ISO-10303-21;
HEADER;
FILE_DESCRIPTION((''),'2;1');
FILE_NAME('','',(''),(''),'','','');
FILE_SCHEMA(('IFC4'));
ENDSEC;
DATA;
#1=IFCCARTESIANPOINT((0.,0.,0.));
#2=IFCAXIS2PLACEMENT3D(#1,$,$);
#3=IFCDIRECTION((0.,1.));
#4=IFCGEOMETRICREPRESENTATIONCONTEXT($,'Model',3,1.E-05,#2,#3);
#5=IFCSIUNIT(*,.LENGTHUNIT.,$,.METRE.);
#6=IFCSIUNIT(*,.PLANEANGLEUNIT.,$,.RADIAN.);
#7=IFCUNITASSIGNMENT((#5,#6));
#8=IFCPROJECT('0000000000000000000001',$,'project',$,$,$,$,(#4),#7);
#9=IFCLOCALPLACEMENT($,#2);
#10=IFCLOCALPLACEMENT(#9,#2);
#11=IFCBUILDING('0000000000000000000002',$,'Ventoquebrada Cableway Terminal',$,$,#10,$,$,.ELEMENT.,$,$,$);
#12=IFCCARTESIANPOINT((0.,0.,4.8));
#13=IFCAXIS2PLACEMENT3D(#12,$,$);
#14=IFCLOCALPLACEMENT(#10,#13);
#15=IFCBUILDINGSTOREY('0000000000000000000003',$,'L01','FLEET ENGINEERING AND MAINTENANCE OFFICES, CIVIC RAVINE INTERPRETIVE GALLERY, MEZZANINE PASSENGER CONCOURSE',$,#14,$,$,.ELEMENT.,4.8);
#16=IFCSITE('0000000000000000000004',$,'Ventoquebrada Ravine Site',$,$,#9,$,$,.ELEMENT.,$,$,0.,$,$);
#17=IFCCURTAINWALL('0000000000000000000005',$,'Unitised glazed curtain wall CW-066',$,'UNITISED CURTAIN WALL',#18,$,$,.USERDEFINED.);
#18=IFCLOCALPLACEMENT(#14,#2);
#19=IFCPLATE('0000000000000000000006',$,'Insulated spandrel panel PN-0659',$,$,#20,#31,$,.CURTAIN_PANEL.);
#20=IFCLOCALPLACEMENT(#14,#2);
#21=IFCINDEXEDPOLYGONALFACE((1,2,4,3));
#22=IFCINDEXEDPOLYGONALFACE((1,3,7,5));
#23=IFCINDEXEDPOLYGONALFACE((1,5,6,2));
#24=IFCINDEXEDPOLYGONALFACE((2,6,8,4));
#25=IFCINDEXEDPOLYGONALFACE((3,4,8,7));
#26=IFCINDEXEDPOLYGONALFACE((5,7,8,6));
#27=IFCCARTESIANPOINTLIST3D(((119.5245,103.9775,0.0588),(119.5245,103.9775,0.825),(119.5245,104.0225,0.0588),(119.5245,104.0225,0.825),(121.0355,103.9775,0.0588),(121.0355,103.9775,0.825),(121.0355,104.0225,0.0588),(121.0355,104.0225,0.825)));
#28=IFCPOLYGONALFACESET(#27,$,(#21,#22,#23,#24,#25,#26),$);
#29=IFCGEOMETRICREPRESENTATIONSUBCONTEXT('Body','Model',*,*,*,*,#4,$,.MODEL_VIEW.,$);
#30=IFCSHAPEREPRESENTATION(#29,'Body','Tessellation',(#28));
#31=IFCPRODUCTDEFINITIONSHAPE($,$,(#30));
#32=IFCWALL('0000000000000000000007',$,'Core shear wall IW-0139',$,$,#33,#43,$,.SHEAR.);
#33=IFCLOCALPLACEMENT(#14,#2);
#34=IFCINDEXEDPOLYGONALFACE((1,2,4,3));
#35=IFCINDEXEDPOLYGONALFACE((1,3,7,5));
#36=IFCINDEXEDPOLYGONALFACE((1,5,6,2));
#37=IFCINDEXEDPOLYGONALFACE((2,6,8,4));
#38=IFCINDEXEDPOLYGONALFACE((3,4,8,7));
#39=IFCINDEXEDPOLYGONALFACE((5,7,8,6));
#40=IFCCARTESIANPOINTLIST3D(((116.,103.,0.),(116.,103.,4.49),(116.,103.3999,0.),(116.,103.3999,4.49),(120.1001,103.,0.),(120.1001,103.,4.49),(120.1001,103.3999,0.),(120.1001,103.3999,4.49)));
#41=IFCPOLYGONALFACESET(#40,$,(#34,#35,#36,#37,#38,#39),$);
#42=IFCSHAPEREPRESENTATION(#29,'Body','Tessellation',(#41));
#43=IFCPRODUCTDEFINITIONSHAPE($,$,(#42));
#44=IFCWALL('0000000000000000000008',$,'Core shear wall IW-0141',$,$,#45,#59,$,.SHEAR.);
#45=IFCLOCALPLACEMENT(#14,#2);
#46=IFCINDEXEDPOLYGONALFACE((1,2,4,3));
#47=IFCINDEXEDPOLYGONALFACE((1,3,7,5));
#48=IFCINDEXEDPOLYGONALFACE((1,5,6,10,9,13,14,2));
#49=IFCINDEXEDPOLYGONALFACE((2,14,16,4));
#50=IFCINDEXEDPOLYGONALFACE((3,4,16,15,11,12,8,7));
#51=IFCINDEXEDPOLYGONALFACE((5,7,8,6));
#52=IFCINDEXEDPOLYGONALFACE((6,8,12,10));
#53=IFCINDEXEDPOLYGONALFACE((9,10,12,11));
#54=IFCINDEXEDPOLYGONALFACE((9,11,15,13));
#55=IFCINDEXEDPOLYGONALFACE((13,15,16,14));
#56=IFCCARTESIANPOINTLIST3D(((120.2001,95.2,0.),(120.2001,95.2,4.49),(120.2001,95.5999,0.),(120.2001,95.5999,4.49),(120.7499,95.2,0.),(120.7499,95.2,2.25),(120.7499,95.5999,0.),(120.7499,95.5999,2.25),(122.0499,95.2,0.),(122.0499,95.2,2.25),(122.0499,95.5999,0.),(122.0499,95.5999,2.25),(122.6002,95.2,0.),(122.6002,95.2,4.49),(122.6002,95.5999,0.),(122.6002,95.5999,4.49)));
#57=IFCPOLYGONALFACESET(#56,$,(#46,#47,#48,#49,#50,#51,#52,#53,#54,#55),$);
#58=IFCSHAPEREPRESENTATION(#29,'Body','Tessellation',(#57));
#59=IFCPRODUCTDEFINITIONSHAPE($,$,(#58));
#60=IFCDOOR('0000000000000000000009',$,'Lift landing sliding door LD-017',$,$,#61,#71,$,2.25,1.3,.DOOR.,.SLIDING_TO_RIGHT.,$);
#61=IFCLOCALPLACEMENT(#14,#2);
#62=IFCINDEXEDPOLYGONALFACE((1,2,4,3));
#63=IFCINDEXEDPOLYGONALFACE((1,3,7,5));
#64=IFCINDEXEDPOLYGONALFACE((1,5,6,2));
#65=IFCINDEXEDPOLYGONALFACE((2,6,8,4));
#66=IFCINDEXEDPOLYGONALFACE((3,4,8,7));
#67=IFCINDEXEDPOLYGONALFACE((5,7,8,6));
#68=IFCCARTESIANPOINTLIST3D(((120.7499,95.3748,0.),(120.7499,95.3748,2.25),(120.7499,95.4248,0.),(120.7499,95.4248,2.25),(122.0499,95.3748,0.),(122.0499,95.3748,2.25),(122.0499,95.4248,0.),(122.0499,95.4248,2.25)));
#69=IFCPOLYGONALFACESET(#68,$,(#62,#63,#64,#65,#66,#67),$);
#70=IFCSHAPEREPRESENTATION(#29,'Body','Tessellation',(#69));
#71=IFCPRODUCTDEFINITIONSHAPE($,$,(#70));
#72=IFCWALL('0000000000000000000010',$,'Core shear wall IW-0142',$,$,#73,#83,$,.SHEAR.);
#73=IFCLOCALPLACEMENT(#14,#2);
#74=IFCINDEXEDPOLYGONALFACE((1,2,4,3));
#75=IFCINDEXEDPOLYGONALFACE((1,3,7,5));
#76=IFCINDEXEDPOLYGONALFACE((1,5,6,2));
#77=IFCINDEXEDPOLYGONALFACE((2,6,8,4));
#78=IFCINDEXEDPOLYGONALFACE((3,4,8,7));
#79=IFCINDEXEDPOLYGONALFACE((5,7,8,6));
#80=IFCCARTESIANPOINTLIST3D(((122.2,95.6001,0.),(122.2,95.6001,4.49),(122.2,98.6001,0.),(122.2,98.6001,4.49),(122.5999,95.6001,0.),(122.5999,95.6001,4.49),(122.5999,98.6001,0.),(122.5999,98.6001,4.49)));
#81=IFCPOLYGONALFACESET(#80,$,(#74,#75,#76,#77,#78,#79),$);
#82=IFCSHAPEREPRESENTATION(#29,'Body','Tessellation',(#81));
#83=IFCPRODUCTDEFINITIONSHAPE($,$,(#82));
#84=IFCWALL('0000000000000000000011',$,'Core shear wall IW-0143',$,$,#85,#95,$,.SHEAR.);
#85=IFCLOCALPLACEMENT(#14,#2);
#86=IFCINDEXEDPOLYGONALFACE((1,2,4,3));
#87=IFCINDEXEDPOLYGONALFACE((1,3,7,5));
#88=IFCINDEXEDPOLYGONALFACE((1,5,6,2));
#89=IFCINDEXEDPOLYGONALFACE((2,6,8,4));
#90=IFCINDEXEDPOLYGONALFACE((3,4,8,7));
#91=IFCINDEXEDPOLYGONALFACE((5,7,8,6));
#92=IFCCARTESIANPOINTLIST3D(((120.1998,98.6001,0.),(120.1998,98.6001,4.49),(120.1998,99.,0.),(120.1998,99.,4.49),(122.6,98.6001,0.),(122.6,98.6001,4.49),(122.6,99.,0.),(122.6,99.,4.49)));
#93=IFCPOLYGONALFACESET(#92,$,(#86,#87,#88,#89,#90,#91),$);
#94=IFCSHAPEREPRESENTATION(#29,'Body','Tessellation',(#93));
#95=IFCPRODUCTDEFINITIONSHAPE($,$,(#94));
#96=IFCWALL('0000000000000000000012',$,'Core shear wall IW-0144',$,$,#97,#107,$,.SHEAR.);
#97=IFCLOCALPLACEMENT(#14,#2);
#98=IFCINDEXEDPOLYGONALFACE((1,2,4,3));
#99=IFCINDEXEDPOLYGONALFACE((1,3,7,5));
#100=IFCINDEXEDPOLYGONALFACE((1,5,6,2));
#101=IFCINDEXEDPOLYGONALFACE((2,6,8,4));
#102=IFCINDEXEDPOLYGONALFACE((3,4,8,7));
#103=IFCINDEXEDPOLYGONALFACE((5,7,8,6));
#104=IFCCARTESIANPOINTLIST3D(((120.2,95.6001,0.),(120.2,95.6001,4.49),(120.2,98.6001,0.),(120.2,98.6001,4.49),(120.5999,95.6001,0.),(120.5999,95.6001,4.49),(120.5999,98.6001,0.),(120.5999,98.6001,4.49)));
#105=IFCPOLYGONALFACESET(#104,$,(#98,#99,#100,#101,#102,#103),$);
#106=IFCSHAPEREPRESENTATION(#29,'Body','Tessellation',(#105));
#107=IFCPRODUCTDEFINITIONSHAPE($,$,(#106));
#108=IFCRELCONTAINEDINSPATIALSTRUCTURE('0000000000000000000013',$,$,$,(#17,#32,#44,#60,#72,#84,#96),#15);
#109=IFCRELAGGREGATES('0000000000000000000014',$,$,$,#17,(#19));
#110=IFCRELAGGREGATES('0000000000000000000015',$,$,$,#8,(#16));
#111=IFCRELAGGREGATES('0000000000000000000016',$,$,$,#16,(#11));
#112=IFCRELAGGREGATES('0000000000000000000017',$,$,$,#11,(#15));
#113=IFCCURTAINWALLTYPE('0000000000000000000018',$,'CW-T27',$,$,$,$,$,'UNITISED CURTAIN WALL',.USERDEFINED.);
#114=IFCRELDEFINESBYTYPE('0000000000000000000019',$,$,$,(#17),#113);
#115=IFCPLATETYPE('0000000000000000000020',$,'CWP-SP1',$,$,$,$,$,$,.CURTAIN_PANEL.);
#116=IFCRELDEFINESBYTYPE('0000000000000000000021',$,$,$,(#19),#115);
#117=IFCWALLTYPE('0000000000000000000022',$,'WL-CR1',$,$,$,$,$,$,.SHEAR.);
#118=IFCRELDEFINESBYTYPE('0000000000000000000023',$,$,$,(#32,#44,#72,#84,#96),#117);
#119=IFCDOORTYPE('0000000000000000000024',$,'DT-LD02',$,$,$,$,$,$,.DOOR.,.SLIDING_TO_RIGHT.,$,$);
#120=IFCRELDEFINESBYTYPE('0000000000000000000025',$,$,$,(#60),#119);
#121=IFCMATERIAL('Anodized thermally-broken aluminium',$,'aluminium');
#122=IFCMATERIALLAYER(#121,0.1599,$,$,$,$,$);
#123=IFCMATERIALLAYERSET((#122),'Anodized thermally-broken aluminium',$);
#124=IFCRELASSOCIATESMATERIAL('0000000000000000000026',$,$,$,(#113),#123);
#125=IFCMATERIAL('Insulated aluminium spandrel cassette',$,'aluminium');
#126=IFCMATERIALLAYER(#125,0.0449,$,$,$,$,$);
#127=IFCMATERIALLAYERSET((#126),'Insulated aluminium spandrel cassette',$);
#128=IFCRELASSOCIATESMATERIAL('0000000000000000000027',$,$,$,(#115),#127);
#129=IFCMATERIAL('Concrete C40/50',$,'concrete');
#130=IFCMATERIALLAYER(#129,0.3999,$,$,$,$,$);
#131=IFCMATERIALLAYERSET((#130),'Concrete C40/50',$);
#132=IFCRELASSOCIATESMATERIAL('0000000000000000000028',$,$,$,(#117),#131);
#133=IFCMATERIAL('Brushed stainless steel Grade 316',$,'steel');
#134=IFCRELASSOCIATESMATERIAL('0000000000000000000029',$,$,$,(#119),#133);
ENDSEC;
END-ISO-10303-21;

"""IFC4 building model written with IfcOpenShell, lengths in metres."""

from ifc_helpers import new_model, si_unit, direction, frame, frame_2d, origin, origin_2d, place, context, subcontext, project, spatial, rectangle, extrude, material, layer, layer_set, type_object, element, fill, aggregate, save


model = new_model("IFC4")

# Units and contexts
model_context = context("Model", 3, precision=1e-05, world=origin(), true_north=direction((0.0, 1.0)))
body_context = subcontext(model_context, "Body", "Model", "MODEL_VIEW")
ifc_project = project(units=[si_unit("LENGTHUNIT", "METRE"), si_unit("PLANEANGLEUNIT", "RADIAN")], contexts=[model_context])

# Site, building, storey
site_placement = place(None, origin())
site = spatial("IfcSite", under=ifc_project, at=site_placement, Name="Ventoquebrada Ravine Site", CompositionType="ELEMENT", RefElevation=0.0)
building_placement = place(site_placement, origin())
building = spatial("IfcBuilding", under=site, at=building_placement, Name="Ventoquebrada Cableway Terminal", CompositionType="ELEMENT")
storey_placement = place(building_placement, frame((0.0, 0.0, 4.8)))
storey = spatial("IfcBuildingStorey", under=building, at=storey_placement, Name="L01", Description="FLEET ENGINEERING AND MAINTENANCE OFFICES, CIVIC RAVINE INTERPRETIVE GALLERY, MEZZANINE PASSENGER CONCOURSE", CompositionType="ELEMENT", Elevation=4.8)

# Curtain wall, plate
ifc_material_1 = material(Name="Anodized thermally-broken aluminium", Category="aluminium")
ifc_layer_1 = layer(ifc_material_1, 0.1599)
ifc_layer_set_1 = layer_set([ifc_layer_1], Name="Anodized thermally-broken aluminium")
curtain_wall_type = type_object("IfcCurtainWallType", Name="CW-T27", ElementType="UNITISED CURTAIN WALL", PredefinedType="USERDEFINED", material=ifc_layer_set_1)
curtain_wall_placement = place(storey_placement, origin())
curtain_wall = element("IfcCurtainWall", 1, at=curtain_wall_placement, inside=storey, type_object=curtain_wall_type, Name="Unitised glazed curtain wall CW-066", ObjectType="UNITISED CURTAIN WALL", PredefinedType="USERDEFINED")
ifc_material_2 = material(Name="Insulated aluminium spandrel cassette", Category="aluminium")
ifc_layer_2 = layer(ifc_material_2, 0.0449)
ifc_layer_set_2 = layer_set([ifc_layer_2], Name="Insulated aluminium spandrel cassette")
plate_type_1 = type_object("IfcPlateType", Name="CWP-SP1", PredefinedType="CURTAIN_PANEL", material=ifc_layer_set_2)
plate_1_placement = place(storey_placement, frame((120.28, 104.0, 0.0588), z_axis=(0.0, 0.0, 1.0), x_axis=(-1.0, 0.0, 0.0)))
plate_1 = element("IfcPlate", 2, at=plate_1_placement, type_object=plate_type_1, Name="Insulated spandrel panel PN-0659", PredefinedType="CURTAIN_PANEL", context=body_context, shape_type="SweptSolid", body=[
    extrude(rectangle(XDim=1.511, YDim=0.0449, at=origin_2d()), origin(), (0.0, 0.0, 1.0), 0.7661),
])
aggregate(curtain_wall, [plate_1])

# Wall
ifc_material_3 = material(Name="Concrete C40/50", Category="concrete")
ifc_layer_3 = layer(ifc_material_3, 0.3999)
ifc_layer_set_3 = layer_set([ifc_layer_3], Name="Concrete C40/50")
wall_type = type_object("IfcWallType", Name="WL-CR1", PredefinedType="SHEAR", material=ifc_layer_set_3)
wall_1_placement = place(storey_placement, frame((120.1001, 103.2, 0.0), z_axis=(0.0, 0.0, 1.0), x_axis=(-1.0, 0.0, 0.0)))
element("IfcWall", 3, at=wall_1_placement, inside=storey, type_object=wall_type, Name="Core shear wall IW-0139", PredefinedType="SHEAR", context=body_context, shape_type="SweptSolid", body=[
    extrude(rectangle(XDim=4.1001, YDim=0.3999, at=frame_2d((2.05, 0.0))), origin(), (0.0, 0.0, 1.0), 4.49),
])

# Wall, opening, door
wall_2_placement = place(storey_placement, frame((120.2, 95.3999, 0.0), z_axis=(0.0, 0.0, 1.0), x_axis=(1.0, 0.0, 0.0)))
wall_2 = element("IfcWall", 4, at=wall_2_placement, inside=storey, type_object=wall_type, Name="Core shear wall IW-0141", PredefinedType="SHEAR", context=body_context, shape_type="SweptSolid", body=[
    extrude(rectangle(XDim=2.4001, YDim=0.3999, at=frame_2d((1.2002, 0.0))), origin(), (0.0, 0.0, 1.0), 4.49),
])
opening_placement = place(wall_2_placement, frame((0.55, 0.0, 0.0)))
opening = element("IfcOpeningElement", 5, at=opening_placement, cuts=wall_2, PredefinedType="OPENING", context=body_context, shape_type="SweptSolid", body=[
    extrude(rectangle(XDim=1.3, YDim=2.25, at=frame_2d((0.6499, 1.125))), frame((0.0, 0.21, 0.0), z_axis=(0.0, -1.0, 0.0), x_axis=(1.0, 0.0, 0.0)), (0.0, 0.0, 1.0), 0.4199),
])
ifc_material_4 = material(Name="Brushed stainless steel Grade 316", Category="steel")
door_type = type_object("IfcDoorType", Name="DT-LD02", OperationType="SLIDING_TO_RIGHT", PredefinedType="DOOR", material=ifc_material_4)
door_placement = place(opening_placement, origin())
door = element("IfcDoor", 6, at=door_placement, inside=storey, type_object=door_type, Name="Lift landing sliding door LD-017", OperationType="SLIDING_TO_RIGHT", OverallHeight=2.25, OverallWidth=1.3, PredefinedType="DOOR", context=body_context, shape_type="SweptSolid", body=[
    extrude(rectangle(XDim=1.3, YDim=2.25, at=frame_2d((0.6499, 1.125))), frame((0.0, 0.0249, 0.0), z_axis=(0.0, -1.0, 0.0), x_axis=(1.0, 0.0, 0.0)), (0.0, 0.0, 1.0), 0.05),
])
fill(opening, door)

# Walls
wall_3_placement = place(storey_placement, frame((122.3999, 95.6001, 0.0), z_axis=(0.0, 0.0, 1.0), x_axis=(0.0, 1.0, 0.0)))
element("IfcWall", 7, at=wall_3_placement, inside=storey, type_object=wall_type, Name="Core shear wall IW-0142", PredefinedType="SHEAR", context=body_context, shape_type="SweptSolid", body=[
    extrude(rectangle(XDim=3.0, YDim=0.3999, at=frame_2d((1.5, 0.0))), origin(), (0.0, 0.0, 1.0), 4.49),
])
wall_4_placement = place(storey_placement, frame((122.6001, 98.8, 0.0), z_axis=(0.0, 0.0, 1.0), x_axis=(-1.0, 0.0, 0.0)))
element("IfcWall", 8, at=wall_4_placement, inside=storey, type_object=wall_type, Name="Core shear wall IW-0143", PredefinedType="SHEAR", context=body_context, shape_type="SweptSolid", body=[
    extrude(rectangle(XDim=2.4001, YDim=0.3999, at=frame_2d((1.2002, 0.0))), origin(), (0.0, 0.0, 1.0), 4.49),
])
wall_5_placement = place(storey_placement, frame((120.3999, 98.6001, 0.0), z_axis=(0.0, 0.0, 1.0), x_axis=(0.0, -1.0, 0.0)))
element("IfcWall", 9, at=wall_5_placement, inside=storey, type_object=wall_type, Name="Core shear wall IW-0144", PredefinedType="SHEAR", context=body_context, shape_type="SweptSolid", body=[
    extrude(rectangle(XDim=3.0, YDim=0.3999, at=frame_2d((1.5, 0.0))), origin(), (0.0, 0.0, 1.0), 4.49),
])

save(model, "model.ifc")
